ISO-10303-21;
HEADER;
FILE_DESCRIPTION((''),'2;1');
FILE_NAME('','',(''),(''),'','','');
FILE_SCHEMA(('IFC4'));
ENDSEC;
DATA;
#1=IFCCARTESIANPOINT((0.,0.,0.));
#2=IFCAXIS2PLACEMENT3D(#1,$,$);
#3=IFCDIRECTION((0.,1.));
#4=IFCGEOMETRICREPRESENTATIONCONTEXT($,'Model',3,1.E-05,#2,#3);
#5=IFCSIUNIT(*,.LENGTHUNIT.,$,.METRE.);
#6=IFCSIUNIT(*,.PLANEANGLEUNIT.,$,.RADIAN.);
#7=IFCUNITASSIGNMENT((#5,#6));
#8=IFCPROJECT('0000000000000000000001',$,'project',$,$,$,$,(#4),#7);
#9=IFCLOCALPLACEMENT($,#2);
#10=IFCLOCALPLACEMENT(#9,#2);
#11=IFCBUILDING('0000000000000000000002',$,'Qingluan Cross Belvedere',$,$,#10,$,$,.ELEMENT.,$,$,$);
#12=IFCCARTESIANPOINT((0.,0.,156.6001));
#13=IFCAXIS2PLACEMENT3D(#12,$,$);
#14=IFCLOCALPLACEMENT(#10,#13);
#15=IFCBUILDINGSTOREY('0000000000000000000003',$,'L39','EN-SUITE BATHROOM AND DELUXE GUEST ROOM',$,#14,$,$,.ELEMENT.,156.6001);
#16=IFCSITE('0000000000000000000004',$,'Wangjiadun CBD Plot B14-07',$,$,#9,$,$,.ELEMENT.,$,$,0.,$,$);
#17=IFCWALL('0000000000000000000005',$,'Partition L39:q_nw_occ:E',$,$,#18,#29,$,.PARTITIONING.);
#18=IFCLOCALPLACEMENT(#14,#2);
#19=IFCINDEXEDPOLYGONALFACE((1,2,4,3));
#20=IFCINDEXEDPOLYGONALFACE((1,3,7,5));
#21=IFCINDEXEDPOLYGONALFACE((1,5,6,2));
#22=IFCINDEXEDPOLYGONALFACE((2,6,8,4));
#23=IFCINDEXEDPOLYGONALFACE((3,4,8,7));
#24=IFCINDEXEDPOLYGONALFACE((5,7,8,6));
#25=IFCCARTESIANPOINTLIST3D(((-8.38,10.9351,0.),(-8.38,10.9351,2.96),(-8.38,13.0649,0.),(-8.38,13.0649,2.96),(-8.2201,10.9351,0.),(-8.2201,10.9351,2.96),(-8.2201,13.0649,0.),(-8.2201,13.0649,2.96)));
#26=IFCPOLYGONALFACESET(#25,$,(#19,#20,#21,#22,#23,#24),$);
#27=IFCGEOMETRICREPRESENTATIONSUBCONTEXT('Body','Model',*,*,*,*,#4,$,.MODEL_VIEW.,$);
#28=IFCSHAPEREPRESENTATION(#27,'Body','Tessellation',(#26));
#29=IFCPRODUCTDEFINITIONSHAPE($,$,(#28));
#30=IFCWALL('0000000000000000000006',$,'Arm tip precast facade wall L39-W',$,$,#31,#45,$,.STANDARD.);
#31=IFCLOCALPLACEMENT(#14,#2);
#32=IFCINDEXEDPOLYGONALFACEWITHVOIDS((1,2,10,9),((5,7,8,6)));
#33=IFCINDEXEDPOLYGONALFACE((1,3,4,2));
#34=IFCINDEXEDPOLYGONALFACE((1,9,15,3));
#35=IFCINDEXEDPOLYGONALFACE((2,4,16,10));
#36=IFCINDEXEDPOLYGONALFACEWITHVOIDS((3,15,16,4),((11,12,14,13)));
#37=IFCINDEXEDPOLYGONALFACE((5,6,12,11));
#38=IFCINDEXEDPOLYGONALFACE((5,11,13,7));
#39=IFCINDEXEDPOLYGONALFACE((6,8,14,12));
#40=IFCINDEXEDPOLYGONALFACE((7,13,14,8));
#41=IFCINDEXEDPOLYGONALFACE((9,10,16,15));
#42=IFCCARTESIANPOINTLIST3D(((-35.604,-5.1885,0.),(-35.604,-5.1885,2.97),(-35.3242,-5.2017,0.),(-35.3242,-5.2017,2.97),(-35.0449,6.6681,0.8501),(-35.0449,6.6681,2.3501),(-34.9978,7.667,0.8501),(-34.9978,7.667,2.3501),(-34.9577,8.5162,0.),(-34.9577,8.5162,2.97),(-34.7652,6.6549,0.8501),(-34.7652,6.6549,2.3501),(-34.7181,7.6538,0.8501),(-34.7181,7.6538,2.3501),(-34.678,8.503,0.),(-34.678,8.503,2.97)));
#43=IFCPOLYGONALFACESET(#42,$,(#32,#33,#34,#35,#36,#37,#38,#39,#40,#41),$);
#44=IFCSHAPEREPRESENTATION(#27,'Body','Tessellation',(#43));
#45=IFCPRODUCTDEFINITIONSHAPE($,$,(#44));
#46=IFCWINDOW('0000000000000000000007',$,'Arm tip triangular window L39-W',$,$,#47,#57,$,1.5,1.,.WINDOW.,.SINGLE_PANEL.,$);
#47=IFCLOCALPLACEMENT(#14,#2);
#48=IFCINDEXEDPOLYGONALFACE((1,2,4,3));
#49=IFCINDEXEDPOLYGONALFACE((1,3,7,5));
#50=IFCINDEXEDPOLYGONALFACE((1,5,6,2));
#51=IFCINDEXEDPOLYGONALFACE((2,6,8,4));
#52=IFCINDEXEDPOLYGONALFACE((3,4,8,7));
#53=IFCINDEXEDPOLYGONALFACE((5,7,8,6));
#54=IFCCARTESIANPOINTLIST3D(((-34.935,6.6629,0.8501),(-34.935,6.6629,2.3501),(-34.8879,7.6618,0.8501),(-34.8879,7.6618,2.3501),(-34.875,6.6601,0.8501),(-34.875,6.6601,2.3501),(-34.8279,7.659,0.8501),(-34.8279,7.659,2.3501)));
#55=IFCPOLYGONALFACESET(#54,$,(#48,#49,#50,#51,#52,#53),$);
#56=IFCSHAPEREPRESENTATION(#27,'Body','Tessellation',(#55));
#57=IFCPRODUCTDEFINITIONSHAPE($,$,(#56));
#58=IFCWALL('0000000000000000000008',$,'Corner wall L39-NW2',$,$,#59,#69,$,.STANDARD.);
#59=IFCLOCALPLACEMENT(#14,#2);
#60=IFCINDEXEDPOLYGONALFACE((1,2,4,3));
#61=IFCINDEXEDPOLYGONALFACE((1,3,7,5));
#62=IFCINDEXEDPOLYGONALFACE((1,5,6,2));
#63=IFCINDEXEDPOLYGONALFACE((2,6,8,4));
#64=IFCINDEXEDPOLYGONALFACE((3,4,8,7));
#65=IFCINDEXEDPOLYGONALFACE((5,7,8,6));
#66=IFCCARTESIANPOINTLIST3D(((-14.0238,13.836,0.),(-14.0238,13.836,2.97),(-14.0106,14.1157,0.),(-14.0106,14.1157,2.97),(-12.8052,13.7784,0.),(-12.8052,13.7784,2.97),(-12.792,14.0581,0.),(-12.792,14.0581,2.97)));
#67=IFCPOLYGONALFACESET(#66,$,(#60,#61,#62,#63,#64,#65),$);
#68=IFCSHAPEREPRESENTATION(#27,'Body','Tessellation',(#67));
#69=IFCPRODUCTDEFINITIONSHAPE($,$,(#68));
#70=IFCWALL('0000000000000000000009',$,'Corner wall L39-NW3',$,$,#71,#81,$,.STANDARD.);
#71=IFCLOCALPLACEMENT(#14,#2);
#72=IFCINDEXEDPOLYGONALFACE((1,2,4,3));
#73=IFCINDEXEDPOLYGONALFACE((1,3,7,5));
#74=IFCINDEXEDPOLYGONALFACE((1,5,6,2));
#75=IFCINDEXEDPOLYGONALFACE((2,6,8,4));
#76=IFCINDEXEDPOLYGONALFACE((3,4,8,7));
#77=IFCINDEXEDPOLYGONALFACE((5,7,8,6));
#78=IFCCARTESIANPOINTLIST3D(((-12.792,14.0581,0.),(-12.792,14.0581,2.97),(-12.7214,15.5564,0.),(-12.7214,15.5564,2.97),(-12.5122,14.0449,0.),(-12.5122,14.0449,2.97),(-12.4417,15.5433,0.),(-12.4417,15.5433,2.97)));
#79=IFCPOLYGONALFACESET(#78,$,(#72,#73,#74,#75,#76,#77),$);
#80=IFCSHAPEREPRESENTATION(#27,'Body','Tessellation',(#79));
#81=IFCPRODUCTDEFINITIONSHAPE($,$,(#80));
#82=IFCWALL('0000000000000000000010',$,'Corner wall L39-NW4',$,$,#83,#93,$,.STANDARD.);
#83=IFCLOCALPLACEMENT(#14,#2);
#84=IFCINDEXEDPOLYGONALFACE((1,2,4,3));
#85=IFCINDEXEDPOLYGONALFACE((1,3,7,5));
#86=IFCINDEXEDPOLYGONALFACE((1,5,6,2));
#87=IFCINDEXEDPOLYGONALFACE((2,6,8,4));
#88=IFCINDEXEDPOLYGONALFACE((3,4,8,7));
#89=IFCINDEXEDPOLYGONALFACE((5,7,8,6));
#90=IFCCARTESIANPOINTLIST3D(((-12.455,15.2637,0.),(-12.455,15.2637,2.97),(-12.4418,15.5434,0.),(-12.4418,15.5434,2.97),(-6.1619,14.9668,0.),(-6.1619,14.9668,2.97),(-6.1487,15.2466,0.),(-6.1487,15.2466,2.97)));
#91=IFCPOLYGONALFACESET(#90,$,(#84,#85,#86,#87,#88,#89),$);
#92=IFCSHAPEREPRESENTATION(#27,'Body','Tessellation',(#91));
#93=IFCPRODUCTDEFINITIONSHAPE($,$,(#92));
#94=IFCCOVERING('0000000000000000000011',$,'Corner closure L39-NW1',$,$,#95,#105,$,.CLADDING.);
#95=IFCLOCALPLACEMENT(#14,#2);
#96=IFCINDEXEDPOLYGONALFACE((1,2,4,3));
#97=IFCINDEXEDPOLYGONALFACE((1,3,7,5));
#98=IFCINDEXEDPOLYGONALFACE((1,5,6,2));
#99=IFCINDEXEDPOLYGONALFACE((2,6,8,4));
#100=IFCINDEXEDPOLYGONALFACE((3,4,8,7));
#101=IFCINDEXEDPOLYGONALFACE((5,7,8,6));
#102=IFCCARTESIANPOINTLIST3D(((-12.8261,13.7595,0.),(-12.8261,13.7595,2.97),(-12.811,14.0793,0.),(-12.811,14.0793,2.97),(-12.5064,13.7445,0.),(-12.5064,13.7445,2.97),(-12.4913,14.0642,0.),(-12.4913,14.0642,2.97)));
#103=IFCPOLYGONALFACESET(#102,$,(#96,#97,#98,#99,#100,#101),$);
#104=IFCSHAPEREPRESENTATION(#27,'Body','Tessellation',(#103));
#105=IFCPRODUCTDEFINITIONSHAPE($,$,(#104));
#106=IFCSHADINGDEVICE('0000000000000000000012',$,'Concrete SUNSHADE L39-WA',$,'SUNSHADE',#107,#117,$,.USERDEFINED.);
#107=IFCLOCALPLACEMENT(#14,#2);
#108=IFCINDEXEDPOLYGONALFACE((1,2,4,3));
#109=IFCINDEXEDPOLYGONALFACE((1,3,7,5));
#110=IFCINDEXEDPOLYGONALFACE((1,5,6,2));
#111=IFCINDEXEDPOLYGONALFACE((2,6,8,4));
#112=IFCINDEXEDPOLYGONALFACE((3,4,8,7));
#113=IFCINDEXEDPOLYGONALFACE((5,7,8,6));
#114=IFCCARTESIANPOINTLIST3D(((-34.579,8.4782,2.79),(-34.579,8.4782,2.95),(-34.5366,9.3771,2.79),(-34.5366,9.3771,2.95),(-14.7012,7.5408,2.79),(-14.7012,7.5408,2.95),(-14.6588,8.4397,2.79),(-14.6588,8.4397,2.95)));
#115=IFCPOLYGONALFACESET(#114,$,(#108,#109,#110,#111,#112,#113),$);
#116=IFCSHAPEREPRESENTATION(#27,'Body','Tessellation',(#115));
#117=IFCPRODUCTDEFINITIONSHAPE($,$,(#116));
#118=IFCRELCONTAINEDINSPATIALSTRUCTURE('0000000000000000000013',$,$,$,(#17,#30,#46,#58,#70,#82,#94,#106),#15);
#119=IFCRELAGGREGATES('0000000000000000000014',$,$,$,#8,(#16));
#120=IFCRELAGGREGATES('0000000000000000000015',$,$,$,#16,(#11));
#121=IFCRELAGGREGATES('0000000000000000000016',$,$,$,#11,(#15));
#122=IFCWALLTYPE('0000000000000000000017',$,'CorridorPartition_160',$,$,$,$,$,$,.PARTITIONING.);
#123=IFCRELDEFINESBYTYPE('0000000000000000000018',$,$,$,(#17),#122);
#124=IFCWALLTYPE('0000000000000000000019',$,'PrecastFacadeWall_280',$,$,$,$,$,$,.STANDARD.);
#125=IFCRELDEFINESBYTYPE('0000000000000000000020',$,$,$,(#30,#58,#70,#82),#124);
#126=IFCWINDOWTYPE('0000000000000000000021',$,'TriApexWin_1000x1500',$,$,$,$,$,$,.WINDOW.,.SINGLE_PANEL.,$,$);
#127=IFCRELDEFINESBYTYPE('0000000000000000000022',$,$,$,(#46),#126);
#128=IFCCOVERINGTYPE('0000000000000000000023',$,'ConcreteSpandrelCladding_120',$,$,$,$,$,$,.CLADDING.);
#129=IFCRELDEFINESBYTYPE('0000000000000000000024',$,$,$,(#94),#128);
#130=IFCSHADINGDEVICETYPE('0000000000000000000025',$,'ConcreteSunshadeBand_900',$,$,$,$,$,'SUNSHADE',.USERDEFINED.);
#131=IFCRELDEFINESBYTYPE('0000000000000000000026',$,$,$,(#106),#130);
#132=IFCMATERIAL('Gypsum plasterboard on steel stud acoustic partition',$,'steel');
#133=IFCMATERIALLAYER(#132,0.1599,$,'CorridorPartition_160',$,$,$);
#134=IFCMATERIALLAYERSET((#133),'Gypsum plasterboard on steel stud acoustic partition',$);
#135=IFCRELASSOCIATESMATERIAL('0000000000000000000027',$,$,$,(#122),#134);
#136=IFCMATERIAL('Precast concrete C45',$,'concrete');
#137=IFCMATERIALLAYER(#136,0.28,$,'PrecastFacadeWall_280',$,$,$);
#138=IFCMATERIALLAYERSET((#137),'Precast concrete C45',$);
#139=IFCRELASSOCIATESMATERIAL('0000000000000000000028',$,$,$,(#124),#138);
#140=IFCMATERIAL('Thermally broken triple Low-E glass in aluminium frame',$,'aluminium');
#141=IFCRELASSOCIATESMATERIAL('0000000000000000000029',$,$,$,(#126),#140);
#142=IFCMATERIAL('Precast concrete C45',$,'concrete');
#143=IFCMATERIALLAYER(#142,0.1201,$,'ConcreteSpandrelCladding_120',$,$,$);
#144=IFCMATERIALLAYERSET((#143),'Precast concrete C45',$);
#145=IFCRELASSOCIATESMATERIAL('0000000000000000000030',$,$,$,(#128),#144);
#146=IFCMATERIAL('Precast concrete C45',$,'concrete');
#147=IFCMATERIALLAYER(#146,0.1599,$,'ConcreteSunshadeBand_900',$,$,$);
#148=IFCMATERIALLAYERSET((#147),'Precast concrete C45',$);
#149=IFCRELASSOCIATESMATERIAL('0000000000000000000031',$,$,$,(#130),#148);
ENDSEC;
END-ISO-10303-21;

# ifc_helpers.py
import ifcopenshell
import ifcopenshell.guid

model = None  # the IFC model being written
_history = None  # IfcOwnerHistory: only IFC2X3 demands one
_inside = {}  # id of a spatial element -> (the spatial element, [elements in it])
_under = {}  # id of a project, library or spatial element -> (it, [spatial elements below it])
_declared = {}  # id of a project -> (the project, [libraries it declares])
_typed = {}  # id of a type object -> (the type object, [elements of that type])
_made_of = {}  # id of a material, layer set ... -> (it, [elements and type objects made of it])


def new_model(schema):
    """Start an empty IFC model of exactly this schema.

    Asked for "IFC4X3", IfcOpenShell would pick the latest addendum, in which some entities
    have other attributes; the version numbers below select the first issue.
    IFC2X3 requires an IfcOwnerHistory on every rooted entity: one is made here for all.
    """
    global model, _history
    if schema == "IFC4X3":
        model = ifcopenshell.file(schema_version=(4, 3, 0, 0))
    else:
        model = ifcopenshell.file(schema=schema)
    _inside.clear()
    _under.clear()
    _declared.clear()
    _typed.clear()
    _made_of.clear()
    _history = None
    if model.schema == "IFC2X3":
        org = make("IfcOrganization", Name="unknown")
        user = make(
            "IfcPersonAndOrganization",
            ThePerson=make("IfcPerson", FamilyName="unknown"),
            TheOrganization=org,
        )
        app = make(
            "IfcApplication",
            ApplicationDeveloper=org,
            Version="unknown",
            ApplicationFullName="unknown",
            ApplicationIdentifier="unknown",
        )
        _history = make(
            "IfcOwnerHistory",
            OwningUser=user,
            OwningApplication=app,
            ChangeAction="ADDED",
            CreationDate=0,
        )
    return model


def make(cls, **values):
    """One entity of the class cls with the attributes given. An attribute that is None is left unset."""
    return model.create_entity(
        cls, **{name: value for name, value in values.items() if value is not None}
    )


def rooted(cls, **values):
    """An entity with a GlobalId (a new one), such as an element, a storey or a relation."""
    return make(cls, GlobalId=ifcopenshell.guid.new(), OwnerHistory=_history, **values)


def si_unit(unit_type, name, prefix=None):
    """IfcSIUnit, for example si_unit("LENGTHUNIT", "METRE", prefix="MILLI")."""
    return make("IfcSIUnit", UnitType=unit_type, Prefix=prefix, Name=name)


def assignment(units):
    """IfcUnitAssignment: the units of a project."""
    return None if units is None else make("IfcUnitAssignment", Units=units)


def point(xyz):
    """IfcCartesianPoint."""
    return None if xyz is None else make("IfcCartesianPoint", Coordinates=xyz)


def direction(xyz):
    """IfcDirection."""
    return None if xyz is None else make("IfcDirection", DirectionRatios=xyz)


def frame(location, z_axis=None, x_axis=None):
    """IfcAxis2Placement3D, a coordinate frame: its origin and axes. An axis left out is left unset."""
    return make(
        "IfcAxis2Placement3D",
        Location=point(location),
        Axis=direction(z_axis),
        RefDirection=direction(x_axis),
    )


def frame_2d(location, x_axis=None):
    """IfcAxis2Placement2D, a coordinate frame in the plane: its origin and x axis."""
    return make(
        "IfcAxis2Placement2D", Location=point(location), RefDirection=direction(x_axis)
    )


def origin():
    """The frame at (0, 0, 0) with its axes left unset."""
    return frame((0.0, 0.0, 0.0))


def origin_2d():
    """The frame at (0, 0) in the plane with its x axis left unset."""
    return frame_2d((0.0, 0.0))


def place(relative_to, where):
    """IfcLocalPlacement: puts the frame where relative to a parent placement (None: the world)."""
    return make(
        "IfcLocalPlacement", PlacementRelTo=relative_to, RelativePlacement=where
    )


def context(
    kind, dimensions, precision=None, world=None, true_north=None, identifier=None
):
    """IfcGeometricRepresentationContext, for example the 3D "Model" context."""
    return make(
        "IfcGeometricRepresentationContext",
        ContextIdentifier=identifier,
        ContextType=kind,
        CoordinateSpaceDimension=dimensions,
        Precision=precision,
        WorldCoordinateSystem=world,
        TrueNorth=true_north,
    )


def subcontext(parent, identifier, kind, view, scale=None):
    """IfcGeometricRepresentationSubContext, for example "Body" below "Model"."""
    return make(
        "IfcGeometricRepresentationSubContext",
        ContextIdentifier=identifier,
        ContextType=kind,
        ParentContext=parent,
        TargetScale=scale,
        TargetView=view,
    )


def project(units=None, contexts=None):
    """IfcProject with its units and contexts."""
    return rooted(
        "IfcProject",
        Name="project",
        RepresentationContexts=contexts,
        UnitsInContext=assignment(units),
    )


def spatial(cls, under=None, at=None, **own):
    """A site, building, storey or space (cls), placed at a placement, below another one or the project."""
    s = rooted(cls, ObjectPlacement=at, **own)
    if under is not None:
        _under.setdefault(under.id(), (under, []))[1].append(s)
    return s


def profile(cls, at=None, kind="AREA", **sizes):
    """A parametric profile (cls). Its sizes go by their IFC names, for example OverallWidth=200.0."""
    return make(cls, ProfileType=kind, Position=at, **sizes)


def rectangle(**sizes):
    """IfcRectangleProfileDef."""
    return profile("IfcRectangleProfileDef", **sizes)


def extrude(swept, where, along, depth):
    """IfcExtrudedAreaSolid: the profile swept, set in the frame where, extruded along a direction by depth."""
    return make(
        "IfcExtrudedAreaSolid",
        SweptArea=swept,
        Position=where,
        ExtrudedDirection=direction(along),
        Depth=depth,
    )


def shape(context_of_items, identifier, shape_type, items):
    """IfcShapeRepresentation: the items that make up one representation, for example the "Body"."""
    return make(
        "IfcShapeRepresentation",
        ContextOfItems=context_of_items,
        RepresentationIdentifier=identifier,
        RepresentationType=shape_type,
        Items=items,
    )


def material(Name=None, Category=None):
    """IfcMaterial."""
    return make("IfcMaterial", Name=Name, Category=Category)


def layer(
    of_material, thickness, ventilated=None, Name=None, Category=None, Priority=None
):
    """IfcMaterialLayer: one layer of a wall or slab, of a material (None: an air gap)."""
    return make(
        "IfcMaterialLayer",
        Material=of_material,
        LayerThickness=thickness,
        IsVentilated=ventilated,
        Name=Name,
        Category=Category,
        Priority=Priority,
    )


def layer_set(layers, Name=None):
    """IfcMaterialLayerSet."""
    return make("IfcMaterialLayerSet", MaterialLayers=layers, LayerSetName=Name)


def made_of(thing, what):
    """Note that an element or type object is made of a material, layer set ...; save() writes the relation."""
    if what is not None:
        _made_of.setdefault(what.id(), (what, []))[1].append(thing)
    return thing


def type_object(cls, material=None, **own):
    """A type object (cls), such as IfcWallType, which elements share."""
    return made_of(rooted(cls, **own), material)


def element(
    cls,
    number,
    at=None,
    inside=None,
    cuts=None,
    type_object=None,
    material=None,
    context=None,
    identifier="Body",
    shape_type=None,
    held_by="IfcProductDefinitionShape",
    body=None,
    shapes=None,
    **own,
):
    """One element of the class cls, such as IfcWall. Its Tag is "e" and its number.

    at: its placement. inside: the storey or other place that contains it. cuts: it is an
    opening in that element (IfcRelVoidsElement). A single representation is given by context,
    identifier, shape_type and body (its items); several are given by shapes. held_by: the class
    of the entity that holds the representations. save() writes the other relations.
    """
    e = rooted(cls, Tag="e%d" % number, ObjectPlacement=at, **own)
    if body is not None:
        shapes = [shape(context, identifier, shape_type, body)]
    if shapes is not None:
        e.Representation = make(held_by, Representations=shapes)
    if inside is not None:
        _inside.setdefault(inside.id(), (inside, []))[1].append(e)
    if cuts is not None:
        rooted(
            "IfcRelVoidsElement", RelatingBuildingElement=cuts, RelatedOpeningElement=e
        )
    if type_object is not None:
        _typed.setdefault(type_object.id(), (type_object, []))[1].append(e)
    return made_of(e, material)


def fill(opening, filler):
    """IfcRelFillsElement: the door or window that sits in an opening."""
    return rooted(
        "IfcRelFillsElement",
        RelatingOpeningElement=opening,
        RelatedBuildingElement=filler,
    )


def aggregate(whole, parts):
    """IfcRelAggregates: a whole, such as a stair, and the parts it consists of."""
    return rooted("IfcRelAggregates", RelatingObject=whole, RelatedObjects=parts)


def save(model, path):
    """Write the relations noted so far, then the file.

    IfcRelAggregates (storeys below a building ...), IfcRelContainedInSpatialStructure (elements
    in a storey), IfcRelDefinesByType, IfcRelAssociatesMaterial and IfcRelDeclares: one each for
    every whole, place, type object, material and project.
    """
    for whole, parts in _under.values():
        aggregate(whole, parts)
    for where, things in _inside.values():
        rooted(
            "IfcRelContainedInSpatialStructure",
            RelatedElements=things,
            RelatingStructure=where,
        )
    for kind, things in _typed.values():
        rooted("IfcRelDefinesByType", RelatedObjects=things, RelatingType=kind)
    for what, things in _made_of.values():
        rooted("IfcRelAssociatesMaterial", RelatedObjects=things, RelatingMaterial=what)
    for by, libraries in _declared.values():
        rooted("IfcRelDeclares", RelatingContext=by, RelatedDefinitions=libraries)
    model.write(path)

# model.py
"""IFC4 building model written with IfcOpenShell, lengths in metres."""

from ifc_helpers import new_model, si_unit, direction, frame, frame_2d, origin, origin_2d, place, context, subcontext, project, spatial, rectangle, extrude, material, layer, layer_set, type_object, element, fill, save


model = new_model("IFC4")

# Units and contexts
model_context = context("Model", 3, precision=1e-05, world=origin(), true_north=direction((0.0, 1.0)))
body_context = subcontext(model_context, "Body", "Model", "MODEL_VIEW")
ifc_project = project(units=[si_unit("LENGTHUNIT", "METRE"), si_unit("PLANEANGLEUNIT", "RADIAN")], contexts=[model_context])

# Site, building, storey
site_placement = place(None, origin())
site = spatial("IfcSite", under=ifc_project, at=site_placement, Name="Wangjiadun CBD Plot B14-07", CompositionType="ELEMENT", RefElevation=0.0)
building_placement = place(site_placement, origin())
building = spatial("IfcBuilding", under=site, at=building_placement, Name="Qingluan Cross Belvedere", CompositionType="ELEMENT")
storey_placement = place(building_placement, frame((0.0, 0.0, 156.6001)))
storey = spatial("IfcBuildingStorey", under=building, at=storey_placement, Name="L39", Description="EN-SUITE BATHROOM AND DELUXE GUEST ROOM", CompositionType="ELEMENT", Elevation=156.6001)

# Shared definitions
ifc_material_1 = material(Name="Gypsum plasterboard on steel stud acoustic partition", Category="steel")
ifc_layer_1 = layer(ifc_material_1, 0.1599, Name="CorridorPartition_160")
ifc_layer_set_1 = layer_set([ifc_layer_1], Name="Gypsum plasterboard on steel stud acoustic partition")
wall_type_1 = type_object("IfcWallType", Name="CorridorPartition_160", PredefinedType="PARTITIONING", material=ifc_layer_set_1)

# Wall
for number, where, z_axis, x_axis, name in (
    (1, (-8.3, 10.9351, 0.0), (0.0, 0.0, 1.0), (0.0, 1.0, 0.0), "Partition L39:q_nw_occ:E"),
):
    element("IfcWall", number, at=place(storey_placement, frame(where, z_axis=z_axis, x_axis=x_axis)), inside=storey, type_object=wall_type_1, Name=name, PredefinedType="PARTITIONING", context=body_context, shape_type="SweptSolid", body=[
        extrude(rectangle(XDim=2.1299, YDim=0.1599, at=frame_2d((1.0649, 0.0))), origin(), (0.0, 0.0, 1.0), 2.96),
    ])

# Wall, opening, window
ifc_material_2 = material(Name="Precast concrete C45", Category="concrete")
ifc_layer_2 = layer(ifc_material_2, 0.28, Name="PrecastFacadeWall_280")
ifc_layer_set_2 = layer_set([ifc_layer_2], Name="Precast concrete C45")
wall_type_2 = type_object("IfcWallType", Name="PrecastFacadeWall_280", PredefinedType="STANDARD", material=ifc_layer_set_2)
wall_1_placement = place(storey_placement, frame((-34.8179, 8.5095, 0.0), z_axis=(0.0, 0.0, 1.0), x_axis=(-0.047102, -0.99889, 0.0)))
wall_1 = element("IfcWall", 2, at=wall_1_placement, inside=storey, type_object=wall_type_2, Name="Arm tip precast facade wall L39-W", PredefinedType="STANDARD", context=body_context, shape_type="SweptSolid", body=[
    extrude(rectangle(XDim=13.72, YDim=0.28, at=frame_2d((6.8599, 0.0))), origin(), (0.0, 0.0, 1.0), 2.97),
])
opening_1_placement = place(wall_1_placement, frame((0.8501, 0.0, 0.8501)))
opening_1 = element("IfcOpeningElement", 3, at=opening_1_placement, cuts=wall_1, PredefinedType="OPENING", context=body_context, shape_type="SweptSolid", body=[
    extrude(rectangle(XDim=1.0, YDim=1.5, at=frame_2d((0.5, 0.75))), frame((0.0, 0.1499, 0.0), z_axis=(0.0, -1.0, 0.0), x_axis=(1.0, 0.0, 0.0)), (0.0, 0.0, 1.0), 0.3),
])
ifc_material_3 = material(Name="Thermally broken triple Low-E glass in aluminium frame", Category="aluminium")
window_type = type_object("IfcWindowType", Name="TriApexWin_1000x1500", PartitioningType="SINGLE_PANEL", PredefinedType="WINDOW", material=ifc_material_3)
window_placement = place(opening_1_placement, origin())
window = element("IfcWindow", 4, at=window_placement, inside=storey, type_object=window_type, Name="Arm tip triangular window L39-W", OverallHeight=1.5, OverallWidth=1.0, PartitioningType="SINGLE_PANEL", PredefinedType="WINDOW", context=body_context, shape_type="SweptSolid", body=[
    extrude(rectangle(XDim=1.0, YDim=1.5, at=frame_2d((0.5, 0.75))), frame((0.0, 0.03, 0.0), z_axis=(0.0, -1.0, 0.0), x_axis=(1.0, 0.0, 0.0)), (0.0, 0.0, 1.0), 0.0601),
])
fill(opening_1, window)

# Walls
wall_2_placement = place(storey_placement, frame((-14.0171, 13.9758, 0.0), z_axis=(0.0, 0.0, 1.0), x_axis=(0.998884, -0.047232, 0.0)))
element("IfcWall", 5, at=wall_2_placement, inside=storey, type_object=wall_type_2, Name="Corner wall L39-NW2", PredefinedType="STANDARD", context=body_context, shape_type="SweptSolid", body=[
    extrude(rectangle(XDim=1.22, YDim=0.28, at=frame_2d((0.6099, 0.0))), origin(), (0.0, 0.0, 1.0), 2.97),
])
wall_3_placement = place(storey_placement, frame((-12.6521, 14.0515, 0.0), z_axis=(0.0, 0.0, 1.0), x_axis=(0.047039, 0.998893, 0.0)))
element("IfcWall", 6, at=wall_3_placement, inside=storey, type_object=wall_type_2, Name="Corner wall L39-NW3", PredefinedType="STANDARD", context=body_context, shape_type="SweptSolid", body=[
    extrude(rectangle(XDim=1.5, YDim=0.28, at=frame_2d((0.75, 0.0))), origin(), (0.0, 0.0, 1.0), 2.97),
])
wall_4_placement = place(storey_placement, frame((-12.4482, 15.4036, 0.0), z_axis=(0.0, 0.0, 1.0), x_axis=(0.998889, -0.047123, 0.0)))
element("IfcWall", 7, at=wall_4_placement, inside=storey, type_object=wall_type_2, Name="Corner wall L39-NW4", PredefinedType="STANDARD", context=body_context, shape_type="SweptSolid", body=[
    extrude(rectangle(XDim=6.3, YDim=0.28, at=frame_2d((3.1499, 0.0))), origin(), (0.0, 0.0, 1.0), 2.97),
])

# Covering
ifc_material_4 = material(Name="Precast concrete C45", Category="concrete")
ifc_layer_3 = layer(ifc_material_4, 0.1201, Name="ConcreteSpandrelCladding_120")
ifc_layer_set_3 = layer_set([ifc_layer_3], Name="Precast concrete C45")
covering_type = type_object("IfcCoveringType", Name="ConcreteSpandrelCladding_120", PredefinedType="CLADDING", material=ifc_layer_set_3)
covering_placement = place(storey_placement, frame((-12.6587, 13.9119, 0.0), z_axis=(0.0, 0.0, 1.0), x_axis=(0.99889, -0.047106, 0.0)))
element("IfcCovering", 8, at=covering_placement, inside=storey, type_object=covering_type, Name="Corner closure L39-NW1", PredefinedType="CLADDING", context=body_context, shape_type="SweptSolid", body=[
    extrude(rectangle(XDim=0.3201, YDim=0.3201, at=origin_2d()), origin(), (0.0, 0.0, 1.0), 2.97),
])

# Shading device
ifc_material_5 = material(Name="Precast concrete C45", Category="concrete")
ifc_layer_4 = layer(ifc_material_5, 0.1599, Name="ConcreteSunshadeBand_900")
ifc_layer_set_4 = layer_set([ifc_layer_4], Name="Precast concrete C45")
shading_device_type = type_object("IfcShadingDeviceType", Name="ConcreteSunshadeBand_900", ElementType="SUNSHADE", PredefinedType="USERDEFINED", material=ifc_layer_set_4)
shading_device_placement = place(storey_placement, frame((-24.6189, 8.459, 2.79), z_axis=(0.0, 0.0, 1.0), x_axis=(-0.99889, 0.047105, 0.0)))
element("IfcShadingDevice", 9, at=shading_device_placement, inside=storey, type_object=shading_device_type, Name="Concrete SUNSHADE L39-WA", ObjectType="SUNSHADE", PredefinedType="USERDEFINED", context=body_context, shape_type="SweptSolid", body=[
    extrude(rectangle(XDim=19.8999, YDim=0.8999, at=origin_2d()), origin(), (0.0, 0.0, 1.0), 0.1599),
])

save(model, "model.ifc")
